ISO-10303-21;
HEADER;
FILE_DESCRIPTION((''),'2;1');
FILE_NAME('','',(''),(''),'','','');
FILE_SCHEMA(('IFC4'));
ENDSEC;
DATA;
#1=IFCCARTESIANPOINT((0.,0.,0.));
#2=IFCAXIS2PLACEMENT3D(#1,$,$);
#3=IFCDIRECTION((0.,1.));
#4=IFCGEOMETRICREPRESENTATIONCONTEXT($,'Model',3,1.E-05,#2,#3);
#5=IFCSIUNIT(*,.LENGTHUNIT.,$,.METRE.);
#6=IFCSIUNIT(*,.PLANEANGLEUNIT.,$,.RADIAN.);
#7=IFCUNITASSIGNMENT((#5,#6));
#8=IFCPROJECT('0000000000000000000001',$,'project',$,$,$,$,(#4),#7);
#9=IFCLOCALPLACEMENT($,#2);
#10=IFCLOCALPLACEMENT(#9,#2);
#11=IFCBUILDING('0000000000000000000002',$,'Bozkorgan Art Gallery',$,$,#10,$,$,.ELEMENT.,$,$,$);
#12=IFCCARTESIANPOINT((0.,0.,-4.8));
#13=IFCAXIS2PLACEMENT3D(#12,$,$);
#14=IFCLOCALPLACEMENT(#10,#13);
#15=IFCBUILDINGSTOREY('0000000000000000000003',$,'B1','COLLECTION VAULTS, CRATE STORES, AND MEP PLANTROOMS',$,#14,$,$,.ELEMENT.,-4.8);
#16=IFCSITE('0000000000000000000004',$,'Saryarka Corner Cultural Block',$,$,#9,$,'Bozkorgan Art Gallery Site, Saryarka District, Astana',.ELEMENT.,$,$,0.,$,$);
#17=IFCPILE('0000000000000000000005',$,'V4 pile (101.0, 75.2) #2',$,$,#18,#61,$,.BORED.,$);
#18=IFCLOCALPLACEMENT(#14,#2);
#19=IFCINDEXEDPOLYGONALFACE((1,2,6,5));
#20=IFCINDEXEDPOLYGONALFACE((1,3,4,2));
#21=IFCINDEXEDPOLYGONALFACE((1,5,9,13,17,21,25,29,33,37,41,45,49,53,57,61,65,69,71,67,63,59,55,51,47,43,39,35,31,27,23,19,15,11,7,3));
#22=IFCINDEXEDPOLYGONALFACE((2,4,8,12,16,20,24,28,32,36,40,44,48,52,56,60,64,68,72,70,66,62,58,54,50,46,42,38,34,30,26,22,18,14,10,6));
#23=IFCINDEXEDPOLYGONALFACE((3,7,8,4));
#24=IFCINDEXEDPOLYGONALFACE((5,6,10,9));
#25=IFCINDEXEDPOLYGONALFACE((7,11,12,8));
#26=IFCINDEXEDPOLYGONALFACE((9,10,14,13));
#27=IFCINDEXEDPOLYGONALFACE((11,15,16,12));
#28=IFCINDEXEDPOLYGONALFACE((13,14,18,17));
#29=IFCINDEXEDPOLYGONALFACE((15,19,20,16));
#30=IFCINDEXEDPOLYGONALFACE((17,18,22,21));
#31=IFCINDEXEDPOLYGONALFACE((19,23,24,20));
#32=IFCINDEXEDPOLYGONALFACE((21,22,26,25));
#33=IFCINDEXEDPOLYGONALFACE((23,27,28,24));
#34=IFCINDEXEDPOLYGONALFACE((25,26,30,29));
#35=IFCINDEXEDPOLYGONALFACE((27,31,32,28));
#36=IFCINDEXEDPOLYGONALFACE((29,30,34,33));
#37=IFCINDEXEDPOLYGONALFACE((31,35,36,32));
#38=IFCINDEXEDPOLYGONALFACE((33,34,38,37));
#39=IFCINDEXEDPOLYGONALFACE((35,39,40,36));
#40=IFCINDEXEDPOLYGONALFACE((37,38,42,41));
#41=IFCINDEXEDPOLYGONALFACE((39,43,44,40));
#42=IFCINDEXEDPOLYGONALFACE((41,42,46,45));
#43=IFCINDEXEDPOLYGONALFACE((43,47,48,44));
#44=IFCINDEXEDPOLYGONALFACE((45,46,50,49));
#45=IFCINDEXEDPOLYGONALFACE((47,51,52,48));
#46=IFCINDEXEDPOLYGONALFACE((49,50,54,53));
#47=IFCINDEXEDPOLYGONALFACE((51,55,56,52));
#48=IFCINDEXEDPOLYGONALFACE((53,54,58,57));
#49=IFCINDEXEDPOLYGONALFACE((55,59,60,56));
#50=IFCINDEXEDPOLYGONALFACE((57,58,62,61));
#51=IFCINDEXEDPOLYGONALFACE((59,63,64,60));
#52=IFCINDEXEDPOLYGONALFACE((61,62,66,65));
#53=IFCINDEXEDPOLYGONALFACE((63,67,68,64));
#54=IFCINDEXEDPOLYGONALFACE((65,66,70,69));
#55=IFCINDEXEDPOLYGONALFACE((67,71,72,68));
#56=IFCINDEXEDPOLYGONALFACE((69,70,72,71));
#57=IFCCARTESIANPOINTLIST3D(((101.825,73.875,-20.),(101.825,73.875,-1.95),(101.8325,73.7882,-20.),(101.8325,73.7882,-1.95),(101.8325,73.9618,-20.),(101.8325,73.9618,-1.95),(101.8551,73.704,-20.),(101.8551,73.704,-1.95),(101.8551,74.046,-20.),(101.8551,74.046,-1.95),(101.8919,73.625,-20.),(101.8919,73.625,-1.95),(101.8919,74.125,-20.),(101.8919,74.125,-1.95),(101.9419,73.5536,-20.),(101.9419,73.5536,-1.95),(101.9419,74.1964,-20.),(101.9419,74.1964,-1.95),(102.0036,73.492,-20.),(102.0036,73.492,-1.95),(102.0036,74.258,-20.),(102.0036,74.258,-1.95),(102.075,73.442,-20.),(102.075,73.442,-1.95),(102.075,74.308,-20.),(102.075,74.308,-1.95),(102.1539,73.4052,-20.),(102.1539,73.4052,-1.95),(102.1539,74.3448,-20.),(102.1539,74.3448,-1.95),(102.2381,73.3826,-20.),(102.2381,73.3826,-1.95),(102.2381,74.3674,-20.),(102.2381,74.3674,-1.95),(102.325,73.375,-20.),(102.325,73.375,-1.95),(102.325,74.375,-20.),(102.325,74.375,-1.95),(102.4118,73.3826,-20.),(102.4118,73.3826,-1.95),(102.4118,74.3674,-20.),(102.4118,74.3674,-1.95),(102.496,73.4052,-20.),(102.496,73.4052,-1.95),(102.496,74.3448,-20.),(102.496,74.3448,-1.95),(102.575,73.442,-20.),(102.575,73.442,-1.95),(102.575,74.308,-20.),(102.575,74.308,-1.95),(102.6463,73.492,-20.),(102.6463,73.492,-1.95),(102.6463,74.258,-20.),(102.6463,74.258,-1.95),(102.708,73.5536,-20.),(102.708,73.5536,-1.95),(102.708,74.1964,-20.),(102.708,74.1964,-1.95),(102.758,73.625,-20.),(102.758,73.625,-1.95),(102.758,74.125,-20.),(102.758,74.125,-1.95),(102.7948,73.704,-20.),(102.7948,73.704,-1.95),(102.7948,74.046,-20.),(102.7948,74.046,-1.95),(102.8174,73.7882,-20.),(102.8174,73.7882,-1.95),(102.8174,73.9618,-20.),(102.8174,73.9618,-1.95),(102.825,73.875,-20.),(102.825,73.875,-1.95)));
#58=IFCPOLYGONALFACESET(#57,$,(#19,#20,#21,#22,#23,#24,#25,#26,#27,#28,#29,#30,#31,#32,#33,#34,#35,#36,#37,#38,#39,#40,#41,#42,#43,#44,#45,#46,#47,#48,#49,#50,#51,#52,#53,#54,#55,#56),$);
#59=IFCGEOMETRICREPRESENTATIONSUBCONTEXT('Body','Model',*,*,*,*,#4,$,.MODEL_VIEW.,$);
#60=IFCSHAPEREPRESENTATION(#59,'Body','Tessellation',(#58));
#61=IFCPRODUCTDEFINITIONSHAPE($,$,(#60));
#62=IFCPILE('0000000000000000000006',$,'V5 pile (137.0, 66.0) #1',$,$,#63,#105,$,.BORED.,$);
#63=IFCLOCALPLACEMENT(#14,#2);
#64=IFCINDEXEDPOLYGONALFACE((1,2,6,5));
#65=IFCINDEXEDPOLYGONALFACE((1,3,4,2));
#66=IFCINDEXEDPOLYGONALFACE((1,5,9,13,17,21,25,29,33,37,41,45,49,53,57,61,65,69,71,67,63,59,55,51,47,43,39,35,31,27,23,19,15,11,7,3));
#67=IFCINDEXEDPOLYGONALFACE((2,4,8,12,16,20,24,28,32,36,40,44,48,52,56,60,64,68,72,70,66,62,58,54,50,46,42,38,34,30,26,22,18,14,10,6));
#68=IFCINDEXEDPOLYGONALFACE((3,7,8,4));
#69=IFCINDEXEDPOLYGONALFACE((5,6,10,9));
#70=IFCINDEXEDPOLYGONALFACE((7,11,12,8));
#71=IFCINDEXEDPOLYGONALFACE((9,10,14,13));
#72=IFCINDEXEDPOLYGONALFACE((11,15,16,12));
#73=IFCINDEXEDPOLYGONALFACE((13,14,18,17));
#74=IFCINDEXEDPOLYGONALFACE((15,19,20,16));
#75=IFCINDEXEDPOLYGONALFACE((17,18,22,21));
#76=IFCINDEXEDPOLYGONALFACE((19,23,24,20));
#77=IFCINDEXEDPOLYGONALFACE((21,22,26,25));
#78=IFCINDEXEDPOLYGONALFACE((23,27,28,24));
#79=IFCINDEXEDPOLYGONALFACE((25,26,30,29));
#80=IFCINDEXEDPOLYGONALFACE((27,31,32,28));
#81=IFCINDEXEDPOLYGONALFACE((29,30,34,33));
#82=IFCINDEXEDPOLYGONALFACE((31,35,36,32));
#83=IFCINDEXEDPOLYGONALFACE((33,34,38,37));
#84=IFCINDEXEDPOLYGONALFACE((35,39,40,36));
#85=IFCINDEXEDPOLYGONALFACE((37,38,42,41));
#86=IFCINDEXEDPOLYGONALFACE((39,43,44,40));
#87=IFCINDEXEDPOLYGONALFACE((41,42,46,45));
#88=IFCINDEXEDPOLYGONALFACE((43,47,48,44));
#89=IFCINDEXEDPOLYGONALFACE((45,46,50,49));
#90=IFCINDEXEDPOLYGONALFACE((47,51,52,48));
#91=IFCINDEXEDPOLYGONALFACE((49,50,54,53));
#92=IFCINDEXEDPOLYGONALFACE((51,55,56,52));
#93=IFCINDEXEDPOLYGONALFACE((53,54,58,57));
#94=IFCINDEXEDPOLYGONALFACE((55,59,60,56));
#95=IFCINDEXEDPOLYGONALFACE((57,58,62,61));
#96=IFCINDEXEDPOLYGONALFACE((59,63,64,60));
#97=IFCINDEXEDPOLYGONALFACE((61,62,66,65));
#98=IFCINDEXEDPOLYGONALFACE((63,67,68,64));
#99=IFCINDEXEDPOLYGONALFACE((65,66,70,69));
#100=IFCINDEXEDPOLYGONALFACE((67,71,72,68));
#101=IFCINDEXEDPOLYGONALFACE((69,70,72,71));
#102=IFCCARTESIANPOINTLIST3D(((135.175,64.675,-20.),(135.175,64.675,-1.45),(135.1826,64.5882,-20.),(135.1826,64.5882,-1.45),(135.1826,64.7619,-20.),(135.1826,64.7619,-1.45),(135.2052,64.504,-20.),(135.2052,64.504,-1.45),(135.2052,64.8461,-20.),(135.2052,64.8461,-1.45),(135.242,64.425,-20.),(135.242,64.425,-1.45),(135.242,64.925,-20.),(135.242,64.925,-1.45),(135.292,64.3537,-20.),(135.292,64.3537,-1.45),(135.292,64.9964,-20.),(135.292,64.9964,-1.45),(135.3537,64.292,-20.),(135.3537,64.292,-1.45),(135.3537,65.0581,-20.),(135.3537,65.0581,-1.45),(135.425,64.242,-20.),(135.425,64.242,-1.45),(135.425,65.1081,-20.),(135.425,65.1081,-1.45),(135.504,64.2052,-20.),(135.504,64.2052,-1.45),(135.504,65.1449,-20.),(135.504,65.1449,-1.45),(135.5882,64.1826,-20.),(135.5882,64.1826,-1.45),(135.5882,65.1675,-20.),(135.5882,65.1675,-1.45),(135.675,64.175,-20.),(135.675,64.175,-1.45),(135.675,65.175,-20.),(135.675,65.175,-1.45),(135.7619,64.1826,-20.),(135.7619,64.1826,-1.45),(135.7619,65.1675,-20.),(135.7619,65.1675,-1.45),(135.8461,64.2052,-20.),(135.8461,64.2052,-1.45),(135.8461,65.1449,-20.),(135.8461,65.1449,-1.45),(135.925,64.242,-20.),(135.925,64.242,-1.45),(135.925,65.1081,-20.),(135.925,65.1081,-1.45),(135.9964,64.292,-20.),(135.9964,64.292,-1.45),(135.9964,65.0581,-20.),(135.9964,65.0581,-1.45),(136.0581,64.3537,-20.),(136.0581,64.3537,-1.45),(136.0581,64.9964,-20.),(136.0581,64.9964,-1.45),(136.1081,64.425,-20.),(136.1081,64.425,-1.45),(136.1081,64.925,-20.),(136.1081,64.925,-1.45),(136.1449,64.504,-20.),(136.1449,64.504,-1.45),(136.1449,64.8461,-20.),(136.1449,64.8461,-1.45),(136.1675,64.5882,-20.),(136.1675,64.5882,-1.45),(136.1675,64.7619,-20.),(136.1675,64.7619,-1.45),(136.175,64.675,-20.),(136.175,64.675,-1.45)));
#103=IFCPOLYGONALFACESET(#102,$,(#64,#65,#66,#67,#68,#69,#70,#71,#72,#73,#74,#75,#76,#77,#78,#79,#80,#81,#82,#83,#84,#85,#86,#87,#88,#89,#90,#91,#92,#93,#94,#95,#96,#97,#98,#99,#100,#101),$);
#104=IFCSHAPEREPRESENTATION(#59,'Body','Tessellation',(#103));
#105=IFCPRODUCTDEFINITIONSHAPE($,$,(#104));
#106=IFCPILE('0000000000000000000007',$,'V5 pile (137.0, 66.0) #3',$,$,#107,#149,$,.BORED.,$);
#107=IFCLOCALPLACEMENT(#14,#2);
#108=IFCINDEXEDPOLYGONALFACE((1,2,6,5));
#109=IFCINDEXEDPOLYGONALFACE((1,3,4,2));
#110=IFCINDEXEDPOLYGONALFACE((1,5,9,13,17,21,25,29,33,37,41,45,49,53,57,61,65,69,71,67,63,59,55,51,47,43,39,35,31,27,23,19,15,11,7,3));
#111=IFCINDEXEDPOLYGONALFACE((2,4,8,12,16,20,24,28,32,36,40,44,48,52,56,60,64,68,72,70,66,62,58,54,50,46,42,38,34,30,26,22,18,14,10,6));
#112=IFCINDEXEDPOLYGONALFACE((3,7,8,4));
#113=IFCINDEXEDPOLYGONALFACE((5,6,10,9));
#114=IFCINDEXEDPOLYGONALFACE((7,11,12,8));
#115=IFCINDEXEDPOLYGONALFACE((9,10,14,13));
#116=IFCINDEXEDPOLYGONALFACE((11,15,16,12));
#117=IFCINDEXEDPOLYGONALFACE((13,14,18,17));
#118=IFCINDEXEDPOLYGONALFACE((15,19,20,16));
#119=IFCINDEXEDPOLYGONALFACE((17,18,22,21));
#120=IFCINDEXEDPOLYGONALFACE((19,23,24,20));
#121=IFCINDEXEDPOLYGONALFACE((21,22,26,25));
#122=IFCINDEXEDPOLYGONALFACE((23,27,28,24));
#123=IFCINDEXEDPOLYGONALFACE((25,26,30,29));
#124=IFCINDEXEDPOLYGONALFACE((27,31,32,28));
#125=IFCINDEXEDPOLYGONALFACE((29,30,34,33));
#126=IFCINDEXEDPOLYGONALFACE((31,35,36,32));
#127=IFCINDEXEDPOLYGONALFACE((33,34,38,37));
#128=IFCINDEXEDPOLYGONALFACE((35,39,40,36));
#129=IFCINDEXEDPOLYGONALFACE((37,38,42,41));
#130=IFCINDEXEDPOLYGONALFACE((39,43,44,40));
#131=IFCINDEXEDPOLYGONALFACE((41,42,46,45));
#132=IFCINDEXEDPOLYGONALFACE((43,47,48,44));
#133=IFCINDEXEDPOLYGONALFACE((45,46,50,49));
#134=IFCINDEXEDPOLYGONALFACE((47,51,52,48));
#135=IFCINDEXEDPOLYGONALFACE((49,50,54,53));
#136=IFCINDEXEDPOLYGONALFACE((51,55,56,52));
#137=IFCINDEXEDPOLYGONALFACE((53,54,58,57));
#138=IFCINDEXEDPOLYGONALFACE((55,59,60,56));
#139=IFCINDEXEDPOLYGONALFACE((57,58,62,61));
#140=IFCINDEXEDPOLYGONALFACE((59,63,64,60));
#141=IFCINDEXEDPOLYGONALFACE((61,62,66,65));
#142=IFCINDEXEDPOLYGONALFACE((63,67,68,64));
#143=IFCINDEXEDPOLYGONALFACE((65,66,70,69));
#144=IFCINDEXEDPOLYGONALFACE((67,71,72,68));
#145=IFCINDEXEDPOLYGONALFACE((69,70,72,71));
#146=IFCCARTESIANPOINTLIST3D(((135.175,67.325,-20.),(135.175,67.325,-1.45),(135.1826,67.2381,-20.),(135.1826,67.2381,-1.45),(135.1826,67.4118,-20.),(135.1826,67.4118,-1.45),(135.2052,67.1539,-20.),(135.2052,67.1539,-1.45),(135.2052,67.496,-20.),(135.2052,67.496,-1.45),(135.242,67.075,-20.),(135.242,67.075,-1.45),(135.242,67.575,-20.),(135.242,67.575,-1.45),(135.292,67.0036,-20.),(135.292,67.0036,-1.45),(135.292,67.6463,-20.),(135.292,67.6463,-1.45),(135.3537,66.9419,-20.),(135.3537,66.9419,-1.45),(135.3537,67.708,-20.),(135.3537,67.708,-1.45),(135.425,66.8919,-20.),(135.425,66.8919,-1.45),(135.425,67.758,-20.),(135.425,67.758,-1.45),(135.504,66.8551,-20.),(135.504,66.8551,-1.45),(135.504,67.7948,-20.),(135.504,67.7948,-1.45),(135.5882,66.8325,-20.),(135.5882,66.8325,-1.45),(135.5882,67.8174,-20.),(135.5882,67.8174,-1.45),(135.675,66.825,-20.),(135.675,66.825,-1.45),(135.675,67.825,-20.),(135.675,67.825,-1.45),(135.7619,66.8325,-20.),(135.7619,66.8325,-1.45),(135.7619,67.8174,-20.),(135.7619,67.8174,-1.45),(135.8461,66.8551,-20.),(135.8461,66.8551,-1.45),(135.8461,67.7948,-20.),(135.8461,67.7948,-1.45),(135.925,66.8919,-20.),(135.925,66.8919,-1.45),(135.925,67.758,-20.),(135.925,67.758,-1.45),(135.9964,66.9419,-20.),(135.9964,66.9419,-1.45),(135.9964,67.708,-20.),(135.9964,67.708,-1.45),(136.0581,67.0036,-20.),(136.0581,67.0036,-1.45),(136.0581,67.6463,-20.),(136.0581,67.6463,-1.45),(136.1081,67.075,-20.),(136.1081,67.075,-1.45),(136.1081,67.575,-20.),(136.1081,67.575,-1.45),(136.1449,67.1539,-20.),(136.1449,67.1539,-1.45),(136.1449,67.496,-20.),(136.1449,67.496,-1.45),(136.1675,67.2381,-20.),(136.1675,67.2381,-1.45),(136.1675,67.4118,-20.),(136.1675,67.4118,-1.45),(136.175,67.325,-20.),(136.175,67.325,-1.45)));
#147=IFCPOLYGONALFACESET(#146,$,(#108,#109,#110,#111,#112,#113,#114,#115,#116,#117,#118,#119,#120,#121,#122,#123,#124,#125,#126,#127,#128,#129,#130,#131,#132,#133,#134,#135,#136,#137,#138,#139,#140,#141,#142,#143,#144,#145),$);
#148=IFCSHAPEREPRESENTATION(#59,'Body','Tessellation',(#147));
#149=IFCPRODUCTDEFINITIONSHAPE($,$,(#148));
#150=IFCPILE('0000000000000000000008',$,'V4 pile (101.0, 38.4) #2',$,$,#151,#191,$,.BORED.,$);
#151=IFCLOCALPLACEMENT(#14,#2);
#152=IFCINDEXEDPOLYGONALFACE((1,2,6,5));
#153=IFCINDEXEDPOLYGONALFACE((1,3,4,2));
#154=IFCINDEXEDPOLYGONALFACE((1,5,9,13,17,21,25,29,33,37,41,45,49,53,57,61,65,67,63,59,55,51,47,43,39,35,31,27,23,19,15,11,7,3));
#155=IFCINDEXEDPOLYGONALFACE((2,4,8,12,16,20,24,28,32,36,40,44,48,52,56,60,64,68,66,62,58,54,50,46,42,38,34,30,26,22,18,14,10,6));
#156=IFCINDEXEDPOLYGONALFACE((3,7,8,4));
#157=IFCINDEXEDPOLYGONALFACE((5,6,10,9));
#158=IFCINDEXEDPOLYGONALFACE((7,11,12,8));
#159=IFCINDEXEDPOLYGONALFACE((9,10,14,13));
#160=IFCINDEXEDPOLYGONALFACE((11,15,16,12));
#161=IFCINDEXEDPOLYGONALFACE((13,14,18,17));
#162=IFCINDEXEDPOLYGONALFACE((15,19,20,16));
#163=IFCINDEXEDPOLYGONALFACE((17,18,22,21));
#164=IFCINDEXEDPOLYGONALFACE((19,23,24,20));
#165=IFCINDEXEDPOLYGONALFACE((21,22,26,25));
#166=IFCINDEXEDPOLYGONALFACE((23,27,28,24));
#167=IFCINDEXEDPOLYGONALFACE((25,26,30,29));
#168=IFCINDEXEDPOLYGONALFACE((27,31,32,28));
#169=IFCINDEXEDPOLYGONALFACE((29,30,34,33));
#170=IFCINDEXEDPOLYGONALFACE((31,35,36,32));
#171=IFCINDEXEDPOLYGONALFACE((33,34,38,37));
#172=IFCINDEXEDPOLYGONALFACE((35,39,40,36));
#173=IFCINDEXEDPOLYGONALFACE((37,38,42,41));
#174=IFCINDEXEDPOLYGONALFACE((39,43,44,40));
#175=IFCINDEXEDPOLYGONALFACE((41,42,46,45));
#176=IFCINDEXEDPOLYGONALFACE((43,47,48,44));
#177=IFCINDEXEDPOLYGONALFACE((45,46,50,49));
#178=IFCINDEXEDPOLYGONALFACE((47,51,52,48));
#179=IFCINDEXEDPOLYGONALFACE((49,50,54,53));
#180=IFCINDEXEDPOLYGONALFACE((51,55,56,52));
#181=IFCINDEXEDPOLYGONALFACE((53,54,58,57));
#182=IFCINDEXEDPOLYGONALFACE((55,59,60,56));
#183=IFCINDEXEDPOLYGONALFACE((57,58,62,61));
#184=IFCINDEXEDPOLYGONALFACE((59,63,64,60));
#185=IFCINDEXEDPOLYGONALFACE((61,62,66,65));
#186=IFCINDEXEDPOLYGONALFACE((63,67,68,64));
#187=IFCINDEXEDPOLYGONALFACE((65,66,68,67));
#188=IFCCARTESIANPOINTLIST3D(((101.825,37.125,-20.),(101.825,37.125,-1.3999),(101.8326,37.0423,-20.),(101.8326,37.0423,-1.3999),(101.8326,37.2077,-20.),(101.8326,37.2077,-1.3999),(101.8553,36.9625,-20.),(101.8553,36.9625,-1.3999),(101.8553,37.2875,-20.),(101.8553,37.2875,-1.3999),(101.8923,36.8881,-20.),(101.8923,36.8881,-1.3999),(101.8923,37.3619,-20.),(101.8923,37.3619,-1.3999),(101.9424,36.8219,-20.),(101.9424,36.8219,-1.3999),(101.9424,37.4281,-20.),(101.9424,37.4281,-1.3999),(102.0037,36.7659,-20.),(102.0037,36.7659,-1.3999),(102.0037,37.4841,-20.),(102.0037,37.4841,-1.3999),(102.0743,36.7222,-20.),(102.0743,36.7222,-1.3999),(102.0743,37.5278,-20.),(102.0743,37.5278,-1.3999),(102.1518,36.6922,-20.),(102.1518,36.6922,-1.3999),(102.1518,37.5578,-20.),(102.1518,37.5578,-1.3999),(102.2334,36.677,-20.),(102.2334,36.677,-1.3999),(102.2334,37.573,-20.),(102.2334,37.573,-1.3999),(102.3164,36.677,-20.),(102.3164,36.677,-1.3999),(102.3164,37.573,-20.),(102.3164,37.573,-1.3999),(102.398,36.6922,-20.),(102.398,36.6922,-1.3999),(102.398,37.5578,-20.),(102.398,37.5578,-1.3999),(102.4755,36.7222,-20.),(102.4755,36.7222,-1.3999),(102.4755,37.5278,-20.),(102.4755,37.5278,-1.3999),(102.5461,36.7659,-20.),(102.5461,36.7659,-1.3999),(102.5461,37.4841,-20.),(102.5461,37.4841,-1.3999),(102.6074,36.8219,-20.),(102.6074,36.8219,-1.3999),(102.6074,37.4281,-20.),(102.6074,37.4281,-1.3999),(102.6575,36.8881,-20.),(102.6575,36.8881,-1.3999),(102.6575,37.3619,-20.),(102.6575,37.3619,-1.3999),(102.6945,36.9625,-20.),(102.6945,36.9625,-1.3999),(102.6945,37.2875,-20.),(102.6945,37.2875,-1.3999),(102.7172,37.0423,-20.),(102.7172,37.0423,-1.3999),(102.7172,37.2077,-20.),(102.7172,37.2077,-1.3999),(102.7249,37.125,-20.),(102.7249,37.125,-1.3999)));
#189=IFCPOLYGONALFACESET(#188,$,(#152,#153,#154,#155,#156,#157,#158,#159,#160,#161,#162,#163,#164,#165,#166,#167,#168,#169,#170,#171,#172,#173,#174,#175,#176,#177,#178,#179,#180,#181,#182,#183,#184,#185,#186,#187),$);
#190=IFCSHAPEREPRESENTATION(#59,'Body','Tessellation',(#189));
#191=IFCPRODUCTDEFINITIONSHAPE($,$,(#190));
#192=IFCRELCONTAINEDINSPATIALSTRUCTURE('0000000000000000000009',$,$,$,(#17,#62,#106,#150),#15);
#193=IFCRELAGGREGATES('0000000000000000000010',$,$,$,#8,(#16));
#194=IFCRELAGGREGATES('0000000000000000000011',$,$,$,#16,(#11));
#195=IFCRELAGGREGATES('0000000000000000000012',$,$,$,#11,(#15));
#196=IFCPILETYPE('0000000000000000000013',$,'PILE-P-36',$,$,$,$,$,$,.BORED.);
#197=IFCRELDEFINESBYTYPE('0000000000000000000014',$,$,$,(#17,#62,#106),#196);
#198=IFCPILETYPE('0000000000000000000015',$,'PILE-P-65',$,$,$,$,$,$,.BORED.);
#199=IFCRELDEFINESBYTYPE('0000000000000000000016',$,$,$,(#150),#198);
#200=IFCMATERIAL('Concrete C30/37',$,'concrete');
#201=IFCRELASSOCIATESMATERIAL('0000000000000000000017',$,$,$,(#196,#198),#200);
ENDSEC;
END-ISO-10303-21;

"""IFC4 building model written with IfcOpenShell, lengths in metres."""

from ifc_helpers import new_model, si_unit, direction, frame, origin, origin_2d, place, context, subcontext, project, spatial, circle, extrude, material, material_profile, profile_set, type_object, element, save


model = new_model("IFC4")

# Units and contexts
model_context = context("Model", 3, precision=1e-05, world=origin(), true_north=direction((0.0, 1.0)))
body_context = subcontext(model_context, "Body", "Model", "MODEL_VIEW")
ifc_project = project(units=[si_unit("LENGTHUNIT", "METRE"), si_unit("PLANEANGLEUNIT", "RADIAN")], contexts=[model_context])

# Site, building, storey
site_placement = place(None, origin())
site = spatial("IfcSite", under=ifc_project, at=site_placement, Name="Saryarka Corner Cultural Block", LongName="Bozkorgan Art Gallery Site, Saryarka District, Astana", CompositionType="ELEMENT", RefElevation=0.0)
building_placement = place(site_placement, origin())
building = spatial("IfcBuilding", under=site, at=building_placement, Name="Bozkorgan Art Gallery", CompositionType="ELEMENT")
storey_placement = place(building_placement, frame((0.0, 0.0, -4.8)))
storey = spatial("IfcBuildingStorey", under=building, at=storey_placement, Name="B1", Description="COLLECTION VAULTS, CRATE STORES, AND MEP PLANTROOMS", CompositionType="ELEMENT", Elevation=-4.8)

# Shared definitions
ifc_material_1 = material(Name="Concrete C30/37", Category="concrete")

# Piles
ifc_material_profile_1 = material_profile(ifc_material_1, circle(Radius=0.5, at=origin_2d()), Name="PILE D1000")
ifc_profile_set_1 = profile_set([ifc_material_profile_1], Name="Concrete C30/37")
pile_type_1 = type_object("IfcPileType", Name="PILE-P-36", PredefinedType="BORED", material=ifc_profile_set_1)
for number, where, z_axis, x_axis, name in (
    (1, (102.325, 73.875, -1.95), (0.0, 0.0, -1.0), (1.0, 0.0, 0.0), "V4 pile (101.0, 75.2) #2"),
):
    element("IfcPile", number, at=place(storey_placement, frame(where, z_axis=z_axis, x_axis=x_axis)), inside=storey, type_object=pile_type_1, Name=name, PredefinedType="BORED", context=body_context, shape_type="SweptSolid", body=[
        extrude(circle(Radius=0.5, at=origin_2d()), origin(), (0.0, 0.0, 1.0), 18.05),
    ])
for number, where, z_axis, x_axis, name in (
    (2, (135.675, 64.675, -1.45), (0.0, 0.0, -1.0), (1.0, 0.0, 0.0), "V5 pile (137.0, 66.0) #1"),
    (3, (135.675, 67.325, -1.45), (0.0, 0.0, -1.0), (1.0, 0.0, 0.0), "V5 pile (137.0, 66.0) #3"),
):
    element("IfcPile", number, at=place(storey_placement, frame(where, z_axis=z_axis, x_axis=x_axis)), inside=storey, type_object=pile_type_1, Name=name, PredefinedType="BORED", context=body_context, shape_type="SweptSolid", body=[
        extrude(circle(Radius=0.5, at=origin_2d()), origin(), (0.0, 0.0, 1.0), 18.55),
    ])
ifc_material_profile_2 = material_profile(ifc_material_1, circle(Radius=0.45, at=origin_2d()), Name="PILE D900")
ifc_profile_set_2 = profile_set([ifc_material_profile_2], Name="Concrete C30/37")
pile_type_2 = type_object("IfcPileType", Name="PILE-P-65", PredefinedType="BORED", material=ifc_profile_set_2)
for number, where, z_axis, x_axis, name in (
    (4, (102.2749, 37.125, -1.3999), (0.0, 0.0, -1.0), (1.0, 0.0, 0.0), "V4 pile (101.0, 38.4) #2"),
):
    element("IfcPile", number, at=place(storey_placement, frame(where, z_axis=z_axis, x_axis=x_axis)), inside=storey, type_object=pile_type_2, Name=name, PredefinedType="BORED", context=body_context, shape_type="SweptSolid", body=[
        extrude(circle(Radius=0.45, at=origin_2d()), origin(), (0.0, 0.0, 1.0), 18.6001),
    ])

save(model, "model.ifc")
